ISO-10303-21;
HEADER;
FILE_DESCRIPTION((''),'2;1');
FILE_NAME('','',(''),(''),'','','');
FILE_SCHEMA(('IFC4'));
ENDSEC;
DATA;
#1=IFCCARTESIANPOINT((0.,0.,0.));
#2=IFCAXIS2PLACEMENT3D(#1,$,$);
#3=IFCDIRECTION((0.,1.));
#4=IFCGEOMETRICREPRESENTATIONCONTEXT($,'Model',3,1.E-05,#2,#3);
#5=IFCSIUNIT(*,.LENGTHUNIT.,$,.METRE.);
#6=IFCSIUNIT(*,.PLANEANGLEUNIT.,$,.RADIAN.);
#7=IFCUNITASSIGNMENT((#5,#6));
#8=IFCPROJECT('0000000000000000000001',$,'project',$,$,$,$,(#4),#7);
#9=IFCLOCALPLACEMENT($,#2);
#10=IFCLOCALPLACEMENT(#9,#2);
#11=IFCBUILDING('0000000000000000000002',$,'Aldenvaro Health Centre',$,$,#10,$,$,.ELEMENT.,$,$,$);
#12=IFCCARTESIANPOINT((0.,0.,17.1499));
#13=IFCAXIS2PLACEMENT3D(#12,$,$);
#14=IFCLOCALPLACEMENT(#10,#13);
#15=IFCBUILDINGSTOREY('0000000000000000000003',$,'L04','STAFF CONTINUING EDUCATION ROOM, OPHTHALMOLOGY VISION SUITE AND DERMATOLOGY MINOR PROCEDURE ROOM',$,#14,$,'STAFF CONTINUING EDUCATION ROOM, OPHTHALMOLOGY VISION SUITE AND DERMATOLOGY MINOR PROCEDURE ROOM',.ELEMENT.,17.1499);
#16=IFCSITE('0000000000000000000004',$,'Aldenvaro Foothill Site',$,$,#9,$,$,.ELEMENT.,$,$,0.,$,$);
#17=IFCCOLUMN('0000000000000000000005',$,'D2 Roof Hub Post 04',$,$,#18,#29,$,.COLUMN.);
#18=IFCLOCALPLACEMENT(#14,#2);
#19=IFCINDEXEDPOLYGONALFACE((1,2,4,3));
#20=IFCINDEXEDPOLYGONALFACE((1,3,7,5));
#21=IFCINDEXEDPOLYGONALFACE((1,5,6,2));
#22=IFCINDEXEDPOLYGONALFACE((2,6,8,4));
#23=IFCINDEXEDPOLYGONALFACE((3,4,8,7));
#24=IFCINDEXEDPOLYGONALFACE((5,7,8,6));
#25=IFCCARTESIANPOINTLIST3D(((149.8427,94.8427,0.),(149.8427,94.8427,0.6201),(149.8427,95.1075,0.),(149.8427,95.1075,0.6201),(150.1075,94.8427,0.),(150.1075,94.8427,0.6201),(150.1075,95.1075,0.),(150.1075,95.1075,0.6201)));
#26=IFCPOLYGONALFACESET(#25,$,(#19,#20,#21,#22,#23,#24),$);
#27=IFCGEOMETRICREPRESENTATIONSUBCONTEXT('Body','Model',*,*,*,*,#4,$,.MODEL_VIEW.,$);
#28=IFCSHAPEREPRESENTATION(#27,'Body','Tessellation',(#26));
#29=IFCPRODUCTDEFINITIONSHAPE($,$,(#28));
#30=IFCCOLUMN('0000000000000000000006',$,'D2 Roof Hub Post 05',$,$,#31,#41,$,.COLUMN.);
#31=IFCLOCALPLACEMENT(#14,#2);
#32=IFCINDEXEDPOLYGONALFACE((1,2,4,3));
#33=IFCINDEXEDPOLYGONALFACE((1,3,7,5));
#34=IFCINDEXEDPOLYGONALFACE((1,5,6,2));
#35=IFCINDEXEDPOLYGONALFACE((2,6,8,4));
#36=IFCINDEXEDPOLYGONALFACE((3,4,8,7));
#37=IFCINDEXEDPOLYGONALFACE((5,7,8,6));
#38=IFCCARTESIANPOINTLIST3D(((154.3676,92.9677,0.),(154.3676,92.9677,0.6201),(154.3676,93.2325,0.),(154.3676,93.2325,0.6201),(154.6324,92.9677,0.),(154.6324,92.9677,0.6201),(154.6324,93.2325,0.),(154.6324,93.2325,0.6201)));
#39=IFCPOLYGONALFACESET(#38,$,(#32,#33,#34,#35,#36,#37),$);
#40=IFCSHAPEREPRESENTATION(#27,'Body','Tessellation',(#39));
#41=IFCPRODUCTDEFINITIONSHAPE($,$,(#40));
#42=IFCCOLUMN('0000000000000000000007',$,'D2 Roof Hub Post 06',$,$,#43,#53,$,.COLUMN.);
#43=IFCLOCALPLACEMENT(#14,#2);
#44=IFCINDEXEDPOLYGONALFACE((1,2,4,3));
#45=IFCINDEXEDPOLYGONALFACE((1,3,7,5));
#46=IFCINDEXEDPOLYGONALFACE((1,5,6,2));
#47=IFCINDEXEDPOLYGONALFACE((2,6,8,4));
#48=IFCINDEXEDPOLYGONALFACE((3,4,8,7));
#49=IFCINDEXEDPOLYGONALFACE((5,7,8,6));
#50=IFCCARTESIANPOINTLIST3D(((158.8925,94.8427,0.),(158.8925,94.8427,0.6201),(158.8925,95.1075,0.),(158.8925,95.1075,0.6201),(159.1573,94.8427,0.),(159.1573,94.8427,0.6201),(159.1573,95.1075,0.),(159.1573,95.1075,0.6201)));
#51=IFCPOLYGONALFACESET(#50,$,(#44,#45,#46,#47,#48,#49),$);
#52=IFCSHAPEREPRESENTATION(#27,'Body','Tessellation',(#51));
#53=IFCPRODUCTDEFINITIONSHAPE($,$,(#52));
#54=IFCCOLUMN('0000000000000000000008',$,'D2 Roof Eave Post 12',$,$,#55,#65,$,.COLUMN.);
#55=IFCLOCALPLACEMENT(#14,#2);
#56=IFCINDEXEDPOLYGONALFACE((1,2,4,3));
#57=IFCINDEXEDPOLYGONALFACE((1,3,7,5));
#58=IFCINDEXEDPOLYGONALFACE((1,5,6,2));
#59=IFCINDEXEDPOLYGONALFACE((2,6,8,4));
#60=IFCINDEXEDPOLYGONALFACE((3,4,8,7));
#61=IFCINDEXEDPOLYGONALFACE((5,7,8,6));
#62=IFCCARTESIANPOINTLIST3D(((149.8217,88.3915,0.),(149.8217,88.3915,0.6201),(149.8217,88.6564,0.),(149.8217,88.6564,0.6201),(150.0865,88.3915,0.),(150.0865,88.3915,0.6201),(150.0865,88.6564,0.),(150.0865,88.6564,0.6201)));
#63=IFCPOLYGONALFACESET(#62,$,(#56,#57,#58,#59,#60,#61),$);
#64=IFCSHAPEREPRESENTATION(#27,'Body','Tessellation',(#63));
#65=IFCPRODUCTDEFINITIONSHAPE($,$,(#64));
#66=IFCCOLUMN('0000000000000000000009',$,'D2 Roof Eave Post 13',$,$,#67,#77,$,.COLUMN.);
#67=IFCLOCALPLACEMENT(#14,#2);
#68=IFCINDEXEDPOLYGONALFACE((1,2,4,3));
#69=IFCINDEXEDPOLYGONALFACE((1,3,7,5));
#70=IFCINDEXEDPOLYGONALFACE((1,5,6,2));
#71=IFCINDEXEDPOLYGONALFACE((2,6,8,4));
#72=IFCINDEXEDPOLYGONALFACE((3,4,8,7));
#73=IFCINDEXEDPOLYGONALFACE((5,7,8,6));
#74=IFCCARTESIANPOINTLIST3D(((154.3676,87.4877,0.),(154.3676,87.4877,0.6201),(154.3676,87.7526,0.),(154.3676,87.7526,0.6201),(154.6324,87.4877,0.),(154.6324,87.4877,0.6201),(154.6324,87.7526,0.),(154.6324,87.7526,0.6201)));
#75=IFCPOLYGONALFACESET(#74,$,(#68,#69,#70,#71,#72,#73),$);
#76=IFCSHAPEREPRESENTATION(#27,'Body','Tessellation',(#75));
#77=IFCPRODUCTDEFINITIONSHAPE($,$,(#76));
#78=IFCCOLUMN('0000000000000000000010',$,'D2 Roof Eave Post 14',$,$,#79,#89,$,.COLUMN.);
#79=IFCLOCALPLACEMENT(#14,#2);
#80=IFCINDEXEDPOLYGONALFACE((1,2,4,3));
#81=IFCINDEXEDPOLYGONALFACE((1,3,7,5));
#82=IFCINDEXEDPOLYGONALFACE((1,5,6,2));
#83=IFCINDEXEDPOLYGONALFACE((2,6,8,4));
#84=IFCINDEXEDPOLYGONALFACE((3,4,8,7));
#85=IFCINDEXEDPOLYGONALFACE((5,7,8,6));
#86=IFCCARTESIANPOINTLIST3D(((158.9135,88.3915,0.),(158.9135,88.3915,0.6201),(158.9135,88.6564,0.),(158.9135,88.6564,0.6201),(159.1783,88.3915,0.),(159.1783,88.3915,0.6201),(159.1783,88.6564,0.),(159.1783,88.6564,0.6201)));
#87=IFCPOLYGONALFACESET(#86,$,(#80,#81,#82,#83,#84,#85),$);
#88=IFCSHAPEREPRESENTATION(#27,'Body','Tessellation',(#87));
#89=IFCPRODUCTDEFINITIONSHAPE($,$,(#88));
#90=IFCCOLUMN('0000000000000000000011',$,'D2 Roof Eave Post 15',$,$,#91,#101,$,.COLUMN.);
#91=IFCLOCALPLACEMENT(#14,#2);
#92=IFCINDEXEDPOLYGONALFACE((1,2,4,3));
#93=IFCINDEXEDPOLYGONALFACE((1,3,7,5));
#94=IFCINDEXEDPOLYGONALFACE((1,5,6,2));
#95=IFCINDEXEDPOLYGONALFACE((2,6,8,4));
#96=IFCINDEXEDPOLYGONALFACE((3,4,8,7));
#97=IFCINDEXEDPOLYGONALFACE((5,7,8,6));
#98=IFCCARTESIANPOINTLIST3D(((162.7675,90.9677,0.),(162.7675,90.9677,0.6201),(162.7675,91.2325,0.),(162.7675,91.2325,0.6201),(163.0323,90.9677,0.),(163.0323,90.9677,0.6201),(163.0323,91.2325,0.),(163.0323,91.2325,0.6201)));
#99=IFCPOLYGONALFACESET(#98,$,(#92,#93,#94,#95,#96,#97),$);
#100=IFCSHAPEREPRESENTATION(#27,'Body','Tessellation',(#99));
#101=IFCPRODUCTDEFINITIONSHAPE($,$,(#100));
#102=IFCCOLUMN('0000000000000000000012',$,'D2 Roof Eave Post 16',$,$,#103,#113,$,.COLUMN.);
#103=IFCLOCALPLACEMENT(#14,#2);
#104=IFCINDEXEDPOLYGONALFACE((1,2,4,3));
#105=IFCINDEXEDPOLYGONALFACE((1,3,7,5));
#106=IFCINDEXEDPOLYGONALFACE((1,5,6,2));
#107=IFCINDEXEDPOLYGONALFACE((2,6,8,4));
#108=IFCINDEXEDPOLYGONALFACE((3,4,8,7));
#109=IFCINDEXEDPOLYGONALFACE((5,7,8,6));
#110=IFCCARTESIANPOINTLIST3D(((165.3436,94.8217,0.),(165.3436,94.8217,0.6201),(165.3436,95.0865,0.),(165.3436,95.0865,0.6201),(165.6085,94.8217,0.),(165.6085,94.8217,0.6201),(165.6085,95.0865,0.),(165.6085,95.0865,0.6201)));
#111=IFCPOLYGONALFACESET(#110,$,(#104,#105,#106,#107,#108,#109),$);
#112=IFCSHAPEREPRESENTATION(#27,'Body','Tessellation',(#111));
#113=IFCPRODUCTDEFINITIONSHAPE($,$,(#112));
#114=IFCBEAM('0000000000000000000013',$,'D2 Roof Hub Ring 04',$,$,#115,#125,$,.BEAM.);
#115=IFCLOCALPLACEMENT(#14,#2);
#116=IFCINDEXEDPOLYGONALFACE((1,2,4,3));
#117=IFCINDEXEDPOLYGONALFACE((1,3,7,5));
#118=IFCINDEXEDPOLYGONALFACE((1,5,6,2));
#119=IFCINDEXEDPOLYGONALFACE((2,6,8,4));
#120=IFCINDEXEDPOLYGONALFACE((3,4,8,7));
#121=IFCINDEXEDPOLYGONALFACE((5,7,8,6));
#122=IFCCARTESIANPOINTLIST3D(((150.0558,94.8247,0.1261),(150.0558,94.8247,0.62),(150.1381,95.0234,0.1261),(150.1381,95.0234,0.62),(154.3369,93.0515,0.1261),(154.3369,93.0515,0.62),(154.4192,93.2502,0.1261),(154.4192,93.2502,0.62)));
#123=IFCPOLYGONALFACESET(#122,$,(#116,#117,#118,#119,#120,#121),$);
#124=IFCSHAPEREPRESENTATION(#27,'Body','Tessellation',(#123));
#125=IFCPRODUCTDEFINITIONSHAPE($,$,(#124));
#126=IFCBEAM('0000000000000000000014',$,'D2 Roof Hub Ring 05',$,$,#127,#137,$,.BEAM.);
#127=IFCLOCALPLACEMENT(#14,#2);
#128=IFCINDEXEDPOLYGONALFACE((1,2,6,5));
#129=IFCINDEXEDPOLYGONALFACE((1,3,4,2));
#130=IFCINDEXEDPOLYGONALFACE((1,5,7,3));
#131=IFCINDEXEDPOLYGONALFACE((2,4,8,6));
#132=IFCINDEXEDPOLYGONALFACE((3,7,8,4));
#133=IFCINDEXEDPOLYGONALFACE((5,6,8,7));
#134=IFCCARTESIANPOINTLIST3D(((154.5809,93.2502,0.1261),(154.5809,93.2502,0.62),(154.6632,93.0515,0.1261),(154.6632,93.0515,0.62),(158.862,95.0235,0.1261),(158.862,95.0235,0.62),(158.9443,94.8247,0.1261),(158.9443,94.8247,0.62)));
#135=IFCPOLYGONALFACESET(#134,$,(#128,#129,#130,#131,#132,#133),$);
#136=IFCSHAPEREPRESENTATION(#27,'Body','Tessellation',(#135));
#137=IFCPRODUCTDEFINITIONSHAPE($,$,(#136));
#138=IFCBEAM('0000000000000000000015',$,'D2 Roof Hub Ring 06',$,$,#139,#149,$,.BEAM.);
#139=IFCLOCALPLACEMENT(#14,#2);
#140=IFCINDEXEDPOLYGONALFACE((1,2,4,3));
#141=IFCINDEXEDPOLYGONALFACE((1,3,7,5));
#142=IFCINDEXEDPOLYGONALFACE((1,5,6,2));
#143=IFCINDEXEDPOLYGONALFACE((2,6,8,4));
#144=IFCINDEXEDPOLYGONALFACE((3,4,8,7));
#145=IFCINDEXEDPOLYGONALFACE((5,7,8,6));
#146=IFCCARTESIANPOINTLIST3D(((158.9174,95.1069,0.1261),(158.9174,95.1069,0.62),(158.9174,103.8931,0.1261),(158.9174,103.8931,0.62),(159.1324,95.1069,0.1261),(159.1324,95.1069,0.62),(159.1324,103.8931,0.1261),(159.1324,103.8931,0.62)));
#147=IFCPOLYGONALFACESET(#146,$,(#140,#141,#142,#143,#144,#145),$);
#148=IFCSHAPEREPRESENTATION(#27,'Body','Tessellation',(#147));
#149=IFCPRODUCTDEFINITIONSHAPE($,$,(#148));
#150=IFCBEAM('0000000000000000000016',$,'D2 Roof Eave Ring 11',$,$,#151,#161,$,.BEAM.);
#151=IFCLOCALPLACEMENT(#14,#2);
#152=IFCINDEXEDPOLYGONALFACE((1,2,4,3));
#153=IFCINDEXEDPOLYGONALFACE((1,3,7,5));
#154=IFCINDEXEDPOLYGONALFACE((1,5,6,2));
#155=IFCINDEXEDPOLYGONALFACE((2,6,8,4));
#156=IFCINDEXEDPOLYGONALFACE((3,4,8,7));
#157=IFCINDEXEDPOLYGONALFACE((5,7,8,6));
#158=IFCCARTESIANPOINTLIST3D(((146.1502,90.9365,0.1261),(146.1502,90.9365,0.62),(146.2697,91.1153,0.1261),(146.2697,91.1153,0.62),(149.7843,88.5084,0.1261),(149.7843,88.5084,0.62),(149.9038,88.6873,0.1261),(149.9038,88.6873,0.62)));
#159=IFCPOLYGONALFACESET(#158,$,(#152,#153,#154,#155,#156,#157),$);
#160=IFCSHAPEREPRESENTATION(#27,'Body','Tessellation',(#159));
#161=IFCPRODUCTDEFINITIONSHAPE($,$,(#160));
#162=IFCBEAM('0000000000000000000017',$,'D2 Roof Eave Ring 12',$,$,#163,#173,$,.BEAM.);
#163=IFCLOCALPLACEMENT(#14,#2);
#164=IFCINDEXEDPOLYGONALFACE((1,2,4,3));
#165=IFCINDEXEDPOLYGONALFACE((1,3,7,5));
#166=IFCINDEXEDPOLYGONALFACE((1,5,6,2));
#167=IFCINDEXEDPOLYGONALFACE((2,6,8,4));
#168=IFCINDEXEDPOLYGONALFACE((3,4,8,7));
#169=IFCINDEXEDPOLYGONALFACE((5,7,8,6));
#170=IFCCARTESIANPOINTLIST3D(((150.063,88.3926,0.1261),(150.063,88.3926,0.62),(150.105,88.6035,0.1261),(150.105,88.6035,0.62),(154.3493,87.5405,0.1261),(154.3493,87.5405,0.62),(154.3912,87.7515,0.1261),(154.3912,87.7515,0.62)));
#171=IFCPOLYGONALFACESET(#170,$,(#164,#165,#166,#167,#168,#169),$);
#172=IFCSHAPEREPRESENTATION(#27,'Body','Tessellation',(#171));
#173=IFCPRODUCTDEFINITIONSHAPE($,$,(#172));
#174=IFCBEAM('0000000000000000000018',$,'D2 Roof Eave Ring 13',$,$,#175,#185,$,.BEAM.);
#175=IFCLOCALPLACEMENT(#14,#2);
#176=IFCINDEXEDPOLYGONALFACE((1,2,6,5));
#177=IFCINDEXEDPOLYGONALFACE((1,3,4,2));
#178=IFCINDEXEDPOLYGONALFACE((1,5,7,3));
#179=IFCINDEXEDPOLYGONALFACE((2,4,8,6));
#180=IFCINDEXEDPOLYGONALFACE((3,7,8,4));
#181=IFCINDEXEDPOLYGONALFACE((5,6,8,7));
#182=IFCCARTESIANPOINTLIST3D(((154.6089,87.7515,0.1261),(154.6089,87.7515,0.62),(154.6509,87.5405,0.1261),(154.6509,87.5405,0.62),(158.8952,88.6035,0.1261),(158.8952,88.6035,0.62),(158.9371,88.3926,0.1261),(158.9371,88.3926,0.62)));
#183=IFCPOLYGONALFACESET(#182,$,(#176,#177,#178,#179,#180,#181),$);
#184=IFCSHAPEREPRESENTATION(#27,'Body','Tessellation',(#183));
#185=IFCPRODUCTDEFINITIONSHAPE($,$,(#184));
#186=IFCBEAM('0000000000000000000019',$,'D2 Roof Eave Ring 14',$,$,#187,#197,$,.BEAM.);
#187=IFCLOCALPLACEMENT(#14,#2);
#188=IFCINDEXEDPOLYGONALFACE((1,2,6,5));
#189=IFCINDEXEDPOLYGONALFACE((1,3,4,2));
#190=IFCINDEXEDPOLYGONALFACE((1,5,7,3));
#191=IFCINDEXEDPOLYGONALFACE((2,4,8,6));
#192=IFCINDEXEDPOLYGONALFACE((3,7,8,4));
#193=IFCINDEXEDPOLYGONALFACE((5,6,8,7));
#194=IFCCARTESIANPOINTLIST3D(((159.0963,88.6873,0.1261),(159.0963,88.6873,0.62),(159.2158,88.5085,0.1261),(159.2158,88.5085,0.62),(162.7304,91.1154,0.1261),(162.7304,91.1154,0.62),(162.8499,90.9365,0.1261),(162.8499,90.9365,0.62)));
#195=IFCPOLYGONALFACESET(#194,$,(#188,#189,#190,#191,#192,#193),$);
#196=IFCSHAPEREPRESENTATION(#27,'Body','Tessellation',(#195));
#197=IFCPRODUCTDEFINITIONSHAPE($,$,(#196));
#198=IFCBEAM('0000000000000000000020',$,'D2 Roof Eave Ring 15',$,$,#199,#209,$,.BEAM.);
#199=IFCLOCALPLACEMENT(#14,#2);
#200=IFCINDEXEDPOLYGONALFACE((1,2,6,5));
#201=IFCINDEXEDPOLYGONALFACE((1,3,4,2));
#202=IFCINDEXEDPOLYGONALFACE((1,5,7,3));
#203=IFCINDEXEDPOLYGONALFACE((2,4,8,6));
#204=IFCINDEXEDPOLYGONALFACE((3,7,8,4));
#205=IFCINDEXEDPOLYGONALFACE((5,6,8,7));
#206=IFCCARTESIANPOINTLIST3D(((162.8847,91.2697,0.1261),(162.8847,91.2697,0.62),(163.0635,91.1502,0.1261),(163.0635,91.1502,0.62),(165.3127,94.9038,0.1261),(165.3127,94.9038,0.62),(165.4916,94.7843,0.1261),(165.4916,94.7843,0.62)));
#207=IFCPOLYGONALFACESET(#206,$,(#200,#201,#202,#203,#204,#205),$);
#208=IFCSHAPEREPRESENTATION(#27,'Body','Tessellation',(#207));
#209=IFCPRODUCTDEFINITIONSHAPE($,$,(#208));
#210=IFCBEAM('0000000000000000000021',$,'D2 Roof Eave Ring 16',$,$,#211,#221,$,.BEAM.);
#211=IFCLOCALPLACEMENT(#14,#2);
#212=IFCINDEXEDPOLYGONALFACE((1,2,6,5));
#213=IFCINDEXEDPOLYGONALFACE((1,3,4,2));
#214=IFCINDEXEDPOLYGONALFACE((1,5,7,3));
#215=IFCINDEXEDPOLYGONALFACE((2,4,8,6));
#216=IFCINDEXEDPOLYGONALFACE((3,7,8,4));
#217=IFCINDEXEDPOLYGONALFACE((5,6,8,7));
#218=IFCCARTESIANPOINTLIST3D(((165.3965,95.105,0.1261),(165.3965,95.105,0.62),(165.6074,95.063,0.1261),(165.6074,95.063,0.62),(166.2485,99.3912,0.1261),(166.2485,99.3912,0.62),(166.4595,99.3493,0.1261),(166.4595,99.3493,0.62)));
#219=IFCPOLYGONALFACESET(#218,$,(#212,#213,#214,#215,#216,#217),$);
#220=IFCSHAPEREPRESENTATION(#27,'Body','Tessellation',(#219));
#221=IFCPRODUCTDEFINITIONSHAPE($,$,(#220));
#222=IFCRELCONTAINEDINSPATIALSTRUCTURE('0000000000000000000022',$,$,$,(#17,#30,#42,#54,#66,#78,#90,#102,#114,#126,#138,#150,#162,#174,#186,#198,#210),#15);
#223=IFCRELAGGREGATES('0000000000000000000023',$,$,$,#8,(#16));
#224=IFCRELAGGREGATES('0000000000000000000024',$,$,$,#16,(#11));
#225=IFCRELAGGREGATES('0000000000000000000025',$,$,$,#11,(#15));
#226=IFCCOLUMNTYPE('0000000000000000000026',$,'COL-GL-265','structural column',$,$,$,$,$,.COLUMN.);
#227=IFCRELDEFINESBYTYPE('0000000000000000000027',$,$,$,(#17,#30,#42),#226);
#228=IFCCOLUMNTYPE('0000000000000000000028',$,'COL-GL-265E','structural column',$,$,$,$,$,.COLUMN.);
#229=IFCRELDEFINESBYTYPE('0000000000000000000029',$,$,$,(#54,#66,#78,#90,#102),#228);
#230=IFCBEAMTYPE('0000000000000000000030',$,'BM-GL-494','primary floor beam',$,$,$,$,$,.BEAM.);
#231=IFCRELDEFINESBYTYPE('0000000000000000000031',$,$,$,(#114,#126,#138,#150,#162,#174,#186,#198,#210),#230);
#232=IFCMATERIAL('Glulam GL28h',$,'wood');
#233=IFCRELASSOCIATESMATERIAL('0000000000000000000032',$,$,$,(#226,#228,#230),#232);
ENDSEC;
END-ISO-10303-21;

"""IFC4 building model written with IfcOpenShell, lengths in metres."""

from ifc_helpers import new_model, si_unit, direction, frame, origin, origin_2d, place, context, subcontext, project, spatial, rectangle, extrude, material, material_profile, profile_set, type_object, element, save


model = new_model("IFC4")

# Units and contexts
model_context = context("Model", 3, precision=1e-05, world=origin(), true_north=direction((0.0, 1.0)))
body_context = subcontext(model_context, "Body", "Model", "MODEL_VIEW")
ifc_project = project(units=[si_unit("LENGTHUNIT", "METRE"), si_unit("PLANEANGLEUNIT", "RADIAN")], contexts=[model_context])

# Site, building, storey
site_placement = place(None, origin())
site = spatial("IfcSite", under=ifc_project, at=site_placement, Name="Aldenvaro Foothill Site", CompositionType="ELEMENT", RefElevation=0.0)
building_placement = place(site_placement, origin())
building = spatial("IfcBuilding", under=site, at=building_placement, Name="Aldenvaro Health Centre", CompositionType="ELEMENT")
storey_placement = place(building_placement, frame((0.0, 0.0, 17.1499)))
storey = spatial("IfcBuildingStorey", under=building, at=storey_placement, Name="L04", Description="STAFF CONTINUING EDUCATION ROOM, OPHTHALMOLOGY VISION SUITE AND DERMATOLOGY MINOR PROCEDURE ROOM", LongName="STAFF CONTINUING EDUCATION ROOM, OPHTHALMOLOGY VISION SUITE AND DERMATOLOGY MINOR PROCEDURE ROOM", CompositionType="ELEMENT", Elevation=17.1499)

# Columns
ifc_material_1 = material(Name="Glulam GL28h", Category="wood")
ifc_material_profile_1 = material_profile(ifc_material_1, rectangle(XDim=0.2649, YDim=0.2649, at=origin_2d()), Name="GL 265x265", Category="wood")
ifc_profile_set_1 = profile_set([ifc_material_profile_1], Name="Glulam GL28h")
column_type_1 = type_object("IfcColumnType", Name="COL-GL-265", Description="structural column", PredefinedType="COLUMN", material=ifc_profile_set_1)
for number, where, z_axis, x_axis, name in (
    (1, (149.9751, 94.9751, 0.0), (0.0, 0.0, 1.0), (1.0, 0.0, 0.0), "D2 Roof Hub Post 04"),
    (2, (154.5, 93.1001, 0.0), (0.0, 0.0, 1.0), (1.0, 0.0, 0.0), "D2 Roof Hub Post 05"),
    (3, (159.0249, 94.9751, 0.0), (0.0, 0.0, 1.0), (1.0, 0.0, 0.0), "D2 Roof Hub Post 06"),
):
    element("IfcColumn", number, at=place(storey_placement, frame(where, z_axis=z_axis, x_axis=x_axis)), inside=storey, type_object=column_type_1, Name=name, PredefinedType="COLUMN", context=body_context, shape_type="SweptSolid", body=[
        extrude(rectangle(XDim=0.2649, YDim=0.2649, at=origin_2d()), origin(), (0.0, 0.0, 1.0), 0.6201),
    ])
ifc_material_profile_2 = material_profile(ifc_material_1, rectangle(XDim=0.2649, YDim=0.2649, at=origin_2d()), Name="GL 265x265", Category="wood")
ifc_profile_set_2 = profile_set([ifc_material_profile_2], Name="Glulam GL28h")
column_type_2 = type_object("IfcColumnType", Name="COL-GL-265E", Description="structural column", PredefinedType="COLUMN", material=ifc_profile_set_2)
for number, where, z_axis, x_axis, name in (
    (4, (149.9541, 88.5239, 0.0), (0.0, 0.0, 1.0), (1.0, 0.0, 0.0), "D2 Roof Eave Post 12"),
    (5, (154.5, 87.6201, 0.0), (0.0, 0.0, 1.0), (1.0, 0.0, 0.0), "D2 Roof Eave Post 13"),
    (6, (159.0459, 88.5239, 0.0), (0.0, 0.0, 1.0), (1.0, 0.0, 0.0), "D2 Roof Eave Post 14"),
    (7, (162.8999, 91.1001, 0.0), (0.0, 0.0, 1.0), (1.0, 0.0, 0.0), "D2 Roof Eave Post 15"),
    (8, (165.4761, 94.9541, 0.0), (0.0, 0.0, 1.0), (1.0, 0.0, 0.0), "D2 Roof Eave Post 16"),
):
    element("IfcColumn", number, at=place(storey_placement, frame(where, z_axis=z_axis, x_axis=x_axis)), inside=storey, type_object=column_type_2, Name=name, PredefinedType="COLUMN", context=body_context, shape_type="SweptSolid", body=[
        extrude(rectangle(XDim=0.2649, YDim=0.2649, at=origin_2d()), origin(), (0.0, 0.0, 1.0), 0.6201),
    ])

# Beams
ifc_material_profile_3 = material_profile(ifc_material_1, rectangle(XDim=0.2151, YDim=0.4939, at=origin_2d()), Name="GL 215x494", Category="wood")
ifc_profile_set_3 = profile_set([ifc_material_profile_3], Name="Glulam GL28h")
beam_type = type_object("IfcBeamType", Name="BM-GL-494", Description="primary floor beam", PredefinedType="BEAM", material=ifc_profile_set_3)
for number, where, z_axis, x_axis, name in (
    (9, (150.0969, 94.9241, 0.373), (0.923884, -0.382673, 0.0), (0.382673, 0.923884, 0.0), "D2 Roof Hub Ring 04"),
    (10, (154.6221, 93.1509, 0.373), (0.923884, 0.382673, 0.0), (-0.382673, 0.923884, 0.0), "D2 Roof Hub Ring 05"),
):
    element("IfcBeam", number, at=place(storey_placement, frame(where, z_axis=z_axis, x_axis=x_axis)), inside=storey, type_object=beam_type, Name=name, PredefinedType="BEAM", context=body_context, shape_type="SweptSolid", body=[
        extrude(rectangle(XDim=0.2151, YDim=0.4939, at=origin_2d()), origin(), (0.0, 0.0, 1.0), 4.6338),
    ])
beam_1_placement = place(storey_placement, frame((159.0249, 95.1069, 0.373), z_axis=(0.0, 1.0, 0.0), x_axis=(-1.0, 0.0, 0.0)))
element("IfcBeam", 11, at=beam_1_placement, inside=storey, type_object=beam_type, Name="D2 Roof Hub Ring 06", PredefinedType="BEAM", context=body_context, shape_type="SweptSolid", body=[
    extrude(rectangle(XDim=0.2151, YDim=0.4939, at=origin_2d()), origin(), (0.0, 0.0, 1.0), 8.7861),
])
beam_2_placement = place(storey_placement, frame((146.21, 91.0259, 0.373), z_axis=(0.831491, -0.555538, 0.0), x_axis=(0.555538, 0.831491, 0.0)))
element("IfcBeam", 12, at=beam_2_placement, inside=storey, type_object=beam_type, Name="D2 Roof Eave Ring 11", PredefinedType="BEAM", context=body_context, shape_type="SweptSolid", body=[
    extrude(rectangle(XDim=0.2151, YDim=0.4939, at=origin_2d()), origin(), (0.0, 0.0, 1.0), 4.3706),
])
for number, where, z_axis, x_axis, name in (
    (13, (150.084, 88.498, 0.373), (0.980808, -0.194977, 0.0), (0.194977, 0.980808, 0.0), "D2 Roof Eave Ring 12"),
    (14, (154.6299, 87.646, 0.373), (0.980808, 0.194977, 0.0), (-0.194977, 0.980808, 0.0), "D2 Roof Eave Ring 13"),
):
    element("IfcBeam", number, at=place(storey_placement, frame(where, z_axis=z_axis, x_axis=x_axis)), inside=storey, type_object=beam_type, Name=name, PredefinedType="BEAM", context=body_context, shape_type="SweptSolid", body=[
        extrude(rectangle(XDim=0.2151, YDim=0.4939, at=origin_2d()), origin(), (0.0, 0.0, 1.0), 4.3701),
    ])
for number, where, z_axis, x_axis, name in (
    (15, (159.156, 88.5979, 0.373), (0.831491, 0.555538, 0.0), (-0.555538, 0.831491, 0.0), "D2 Roof Eave Ring 14"),
    (16, (162.9741, 91.21, 0.373), (0.555538, 0.831491, 0.0), (-0.831491, 0.555538, 0.0), "D2 Roof Eave Ring 15"),
):
    element("IfcBeam", number, at=place(storey_placement, frame(where, z_axis=z_axis, x_axis=x_axis)), inside=storey, type_object=beam_type, Name=name, PredefinedType="BEAM", context=body_context, shape_type="SweptSolid", body=[
        extrude(rectangle(XDim=0.2151, YDim=0.4939, at=origin_2d()), origin(), (0.0, 0.0, 1.0), 4.3706),
    ])
beam_3_placement = place(storey_placement, frame((165.502, 95.084, 0.373), z_axis=(0.194977, 0.980808, 0.0), x_axis=(-0.980808, 0.194977, 0.0)))
element("IfcBeam", 17, at=beam_3_placement, inside=storey, type_object=beam_type, Name="D2 Roof Eave Ring 16", PredefinedType="BEAM", context=body_context, shape_type="SweptSolid", body=[
    extrude(rectangle(XDim=0.2151, YDim=0.4939, at=origin_2d()), origin(), (0.0, 0.0, 1.0), 4.3701),
])

save(model, "model.ifc")
